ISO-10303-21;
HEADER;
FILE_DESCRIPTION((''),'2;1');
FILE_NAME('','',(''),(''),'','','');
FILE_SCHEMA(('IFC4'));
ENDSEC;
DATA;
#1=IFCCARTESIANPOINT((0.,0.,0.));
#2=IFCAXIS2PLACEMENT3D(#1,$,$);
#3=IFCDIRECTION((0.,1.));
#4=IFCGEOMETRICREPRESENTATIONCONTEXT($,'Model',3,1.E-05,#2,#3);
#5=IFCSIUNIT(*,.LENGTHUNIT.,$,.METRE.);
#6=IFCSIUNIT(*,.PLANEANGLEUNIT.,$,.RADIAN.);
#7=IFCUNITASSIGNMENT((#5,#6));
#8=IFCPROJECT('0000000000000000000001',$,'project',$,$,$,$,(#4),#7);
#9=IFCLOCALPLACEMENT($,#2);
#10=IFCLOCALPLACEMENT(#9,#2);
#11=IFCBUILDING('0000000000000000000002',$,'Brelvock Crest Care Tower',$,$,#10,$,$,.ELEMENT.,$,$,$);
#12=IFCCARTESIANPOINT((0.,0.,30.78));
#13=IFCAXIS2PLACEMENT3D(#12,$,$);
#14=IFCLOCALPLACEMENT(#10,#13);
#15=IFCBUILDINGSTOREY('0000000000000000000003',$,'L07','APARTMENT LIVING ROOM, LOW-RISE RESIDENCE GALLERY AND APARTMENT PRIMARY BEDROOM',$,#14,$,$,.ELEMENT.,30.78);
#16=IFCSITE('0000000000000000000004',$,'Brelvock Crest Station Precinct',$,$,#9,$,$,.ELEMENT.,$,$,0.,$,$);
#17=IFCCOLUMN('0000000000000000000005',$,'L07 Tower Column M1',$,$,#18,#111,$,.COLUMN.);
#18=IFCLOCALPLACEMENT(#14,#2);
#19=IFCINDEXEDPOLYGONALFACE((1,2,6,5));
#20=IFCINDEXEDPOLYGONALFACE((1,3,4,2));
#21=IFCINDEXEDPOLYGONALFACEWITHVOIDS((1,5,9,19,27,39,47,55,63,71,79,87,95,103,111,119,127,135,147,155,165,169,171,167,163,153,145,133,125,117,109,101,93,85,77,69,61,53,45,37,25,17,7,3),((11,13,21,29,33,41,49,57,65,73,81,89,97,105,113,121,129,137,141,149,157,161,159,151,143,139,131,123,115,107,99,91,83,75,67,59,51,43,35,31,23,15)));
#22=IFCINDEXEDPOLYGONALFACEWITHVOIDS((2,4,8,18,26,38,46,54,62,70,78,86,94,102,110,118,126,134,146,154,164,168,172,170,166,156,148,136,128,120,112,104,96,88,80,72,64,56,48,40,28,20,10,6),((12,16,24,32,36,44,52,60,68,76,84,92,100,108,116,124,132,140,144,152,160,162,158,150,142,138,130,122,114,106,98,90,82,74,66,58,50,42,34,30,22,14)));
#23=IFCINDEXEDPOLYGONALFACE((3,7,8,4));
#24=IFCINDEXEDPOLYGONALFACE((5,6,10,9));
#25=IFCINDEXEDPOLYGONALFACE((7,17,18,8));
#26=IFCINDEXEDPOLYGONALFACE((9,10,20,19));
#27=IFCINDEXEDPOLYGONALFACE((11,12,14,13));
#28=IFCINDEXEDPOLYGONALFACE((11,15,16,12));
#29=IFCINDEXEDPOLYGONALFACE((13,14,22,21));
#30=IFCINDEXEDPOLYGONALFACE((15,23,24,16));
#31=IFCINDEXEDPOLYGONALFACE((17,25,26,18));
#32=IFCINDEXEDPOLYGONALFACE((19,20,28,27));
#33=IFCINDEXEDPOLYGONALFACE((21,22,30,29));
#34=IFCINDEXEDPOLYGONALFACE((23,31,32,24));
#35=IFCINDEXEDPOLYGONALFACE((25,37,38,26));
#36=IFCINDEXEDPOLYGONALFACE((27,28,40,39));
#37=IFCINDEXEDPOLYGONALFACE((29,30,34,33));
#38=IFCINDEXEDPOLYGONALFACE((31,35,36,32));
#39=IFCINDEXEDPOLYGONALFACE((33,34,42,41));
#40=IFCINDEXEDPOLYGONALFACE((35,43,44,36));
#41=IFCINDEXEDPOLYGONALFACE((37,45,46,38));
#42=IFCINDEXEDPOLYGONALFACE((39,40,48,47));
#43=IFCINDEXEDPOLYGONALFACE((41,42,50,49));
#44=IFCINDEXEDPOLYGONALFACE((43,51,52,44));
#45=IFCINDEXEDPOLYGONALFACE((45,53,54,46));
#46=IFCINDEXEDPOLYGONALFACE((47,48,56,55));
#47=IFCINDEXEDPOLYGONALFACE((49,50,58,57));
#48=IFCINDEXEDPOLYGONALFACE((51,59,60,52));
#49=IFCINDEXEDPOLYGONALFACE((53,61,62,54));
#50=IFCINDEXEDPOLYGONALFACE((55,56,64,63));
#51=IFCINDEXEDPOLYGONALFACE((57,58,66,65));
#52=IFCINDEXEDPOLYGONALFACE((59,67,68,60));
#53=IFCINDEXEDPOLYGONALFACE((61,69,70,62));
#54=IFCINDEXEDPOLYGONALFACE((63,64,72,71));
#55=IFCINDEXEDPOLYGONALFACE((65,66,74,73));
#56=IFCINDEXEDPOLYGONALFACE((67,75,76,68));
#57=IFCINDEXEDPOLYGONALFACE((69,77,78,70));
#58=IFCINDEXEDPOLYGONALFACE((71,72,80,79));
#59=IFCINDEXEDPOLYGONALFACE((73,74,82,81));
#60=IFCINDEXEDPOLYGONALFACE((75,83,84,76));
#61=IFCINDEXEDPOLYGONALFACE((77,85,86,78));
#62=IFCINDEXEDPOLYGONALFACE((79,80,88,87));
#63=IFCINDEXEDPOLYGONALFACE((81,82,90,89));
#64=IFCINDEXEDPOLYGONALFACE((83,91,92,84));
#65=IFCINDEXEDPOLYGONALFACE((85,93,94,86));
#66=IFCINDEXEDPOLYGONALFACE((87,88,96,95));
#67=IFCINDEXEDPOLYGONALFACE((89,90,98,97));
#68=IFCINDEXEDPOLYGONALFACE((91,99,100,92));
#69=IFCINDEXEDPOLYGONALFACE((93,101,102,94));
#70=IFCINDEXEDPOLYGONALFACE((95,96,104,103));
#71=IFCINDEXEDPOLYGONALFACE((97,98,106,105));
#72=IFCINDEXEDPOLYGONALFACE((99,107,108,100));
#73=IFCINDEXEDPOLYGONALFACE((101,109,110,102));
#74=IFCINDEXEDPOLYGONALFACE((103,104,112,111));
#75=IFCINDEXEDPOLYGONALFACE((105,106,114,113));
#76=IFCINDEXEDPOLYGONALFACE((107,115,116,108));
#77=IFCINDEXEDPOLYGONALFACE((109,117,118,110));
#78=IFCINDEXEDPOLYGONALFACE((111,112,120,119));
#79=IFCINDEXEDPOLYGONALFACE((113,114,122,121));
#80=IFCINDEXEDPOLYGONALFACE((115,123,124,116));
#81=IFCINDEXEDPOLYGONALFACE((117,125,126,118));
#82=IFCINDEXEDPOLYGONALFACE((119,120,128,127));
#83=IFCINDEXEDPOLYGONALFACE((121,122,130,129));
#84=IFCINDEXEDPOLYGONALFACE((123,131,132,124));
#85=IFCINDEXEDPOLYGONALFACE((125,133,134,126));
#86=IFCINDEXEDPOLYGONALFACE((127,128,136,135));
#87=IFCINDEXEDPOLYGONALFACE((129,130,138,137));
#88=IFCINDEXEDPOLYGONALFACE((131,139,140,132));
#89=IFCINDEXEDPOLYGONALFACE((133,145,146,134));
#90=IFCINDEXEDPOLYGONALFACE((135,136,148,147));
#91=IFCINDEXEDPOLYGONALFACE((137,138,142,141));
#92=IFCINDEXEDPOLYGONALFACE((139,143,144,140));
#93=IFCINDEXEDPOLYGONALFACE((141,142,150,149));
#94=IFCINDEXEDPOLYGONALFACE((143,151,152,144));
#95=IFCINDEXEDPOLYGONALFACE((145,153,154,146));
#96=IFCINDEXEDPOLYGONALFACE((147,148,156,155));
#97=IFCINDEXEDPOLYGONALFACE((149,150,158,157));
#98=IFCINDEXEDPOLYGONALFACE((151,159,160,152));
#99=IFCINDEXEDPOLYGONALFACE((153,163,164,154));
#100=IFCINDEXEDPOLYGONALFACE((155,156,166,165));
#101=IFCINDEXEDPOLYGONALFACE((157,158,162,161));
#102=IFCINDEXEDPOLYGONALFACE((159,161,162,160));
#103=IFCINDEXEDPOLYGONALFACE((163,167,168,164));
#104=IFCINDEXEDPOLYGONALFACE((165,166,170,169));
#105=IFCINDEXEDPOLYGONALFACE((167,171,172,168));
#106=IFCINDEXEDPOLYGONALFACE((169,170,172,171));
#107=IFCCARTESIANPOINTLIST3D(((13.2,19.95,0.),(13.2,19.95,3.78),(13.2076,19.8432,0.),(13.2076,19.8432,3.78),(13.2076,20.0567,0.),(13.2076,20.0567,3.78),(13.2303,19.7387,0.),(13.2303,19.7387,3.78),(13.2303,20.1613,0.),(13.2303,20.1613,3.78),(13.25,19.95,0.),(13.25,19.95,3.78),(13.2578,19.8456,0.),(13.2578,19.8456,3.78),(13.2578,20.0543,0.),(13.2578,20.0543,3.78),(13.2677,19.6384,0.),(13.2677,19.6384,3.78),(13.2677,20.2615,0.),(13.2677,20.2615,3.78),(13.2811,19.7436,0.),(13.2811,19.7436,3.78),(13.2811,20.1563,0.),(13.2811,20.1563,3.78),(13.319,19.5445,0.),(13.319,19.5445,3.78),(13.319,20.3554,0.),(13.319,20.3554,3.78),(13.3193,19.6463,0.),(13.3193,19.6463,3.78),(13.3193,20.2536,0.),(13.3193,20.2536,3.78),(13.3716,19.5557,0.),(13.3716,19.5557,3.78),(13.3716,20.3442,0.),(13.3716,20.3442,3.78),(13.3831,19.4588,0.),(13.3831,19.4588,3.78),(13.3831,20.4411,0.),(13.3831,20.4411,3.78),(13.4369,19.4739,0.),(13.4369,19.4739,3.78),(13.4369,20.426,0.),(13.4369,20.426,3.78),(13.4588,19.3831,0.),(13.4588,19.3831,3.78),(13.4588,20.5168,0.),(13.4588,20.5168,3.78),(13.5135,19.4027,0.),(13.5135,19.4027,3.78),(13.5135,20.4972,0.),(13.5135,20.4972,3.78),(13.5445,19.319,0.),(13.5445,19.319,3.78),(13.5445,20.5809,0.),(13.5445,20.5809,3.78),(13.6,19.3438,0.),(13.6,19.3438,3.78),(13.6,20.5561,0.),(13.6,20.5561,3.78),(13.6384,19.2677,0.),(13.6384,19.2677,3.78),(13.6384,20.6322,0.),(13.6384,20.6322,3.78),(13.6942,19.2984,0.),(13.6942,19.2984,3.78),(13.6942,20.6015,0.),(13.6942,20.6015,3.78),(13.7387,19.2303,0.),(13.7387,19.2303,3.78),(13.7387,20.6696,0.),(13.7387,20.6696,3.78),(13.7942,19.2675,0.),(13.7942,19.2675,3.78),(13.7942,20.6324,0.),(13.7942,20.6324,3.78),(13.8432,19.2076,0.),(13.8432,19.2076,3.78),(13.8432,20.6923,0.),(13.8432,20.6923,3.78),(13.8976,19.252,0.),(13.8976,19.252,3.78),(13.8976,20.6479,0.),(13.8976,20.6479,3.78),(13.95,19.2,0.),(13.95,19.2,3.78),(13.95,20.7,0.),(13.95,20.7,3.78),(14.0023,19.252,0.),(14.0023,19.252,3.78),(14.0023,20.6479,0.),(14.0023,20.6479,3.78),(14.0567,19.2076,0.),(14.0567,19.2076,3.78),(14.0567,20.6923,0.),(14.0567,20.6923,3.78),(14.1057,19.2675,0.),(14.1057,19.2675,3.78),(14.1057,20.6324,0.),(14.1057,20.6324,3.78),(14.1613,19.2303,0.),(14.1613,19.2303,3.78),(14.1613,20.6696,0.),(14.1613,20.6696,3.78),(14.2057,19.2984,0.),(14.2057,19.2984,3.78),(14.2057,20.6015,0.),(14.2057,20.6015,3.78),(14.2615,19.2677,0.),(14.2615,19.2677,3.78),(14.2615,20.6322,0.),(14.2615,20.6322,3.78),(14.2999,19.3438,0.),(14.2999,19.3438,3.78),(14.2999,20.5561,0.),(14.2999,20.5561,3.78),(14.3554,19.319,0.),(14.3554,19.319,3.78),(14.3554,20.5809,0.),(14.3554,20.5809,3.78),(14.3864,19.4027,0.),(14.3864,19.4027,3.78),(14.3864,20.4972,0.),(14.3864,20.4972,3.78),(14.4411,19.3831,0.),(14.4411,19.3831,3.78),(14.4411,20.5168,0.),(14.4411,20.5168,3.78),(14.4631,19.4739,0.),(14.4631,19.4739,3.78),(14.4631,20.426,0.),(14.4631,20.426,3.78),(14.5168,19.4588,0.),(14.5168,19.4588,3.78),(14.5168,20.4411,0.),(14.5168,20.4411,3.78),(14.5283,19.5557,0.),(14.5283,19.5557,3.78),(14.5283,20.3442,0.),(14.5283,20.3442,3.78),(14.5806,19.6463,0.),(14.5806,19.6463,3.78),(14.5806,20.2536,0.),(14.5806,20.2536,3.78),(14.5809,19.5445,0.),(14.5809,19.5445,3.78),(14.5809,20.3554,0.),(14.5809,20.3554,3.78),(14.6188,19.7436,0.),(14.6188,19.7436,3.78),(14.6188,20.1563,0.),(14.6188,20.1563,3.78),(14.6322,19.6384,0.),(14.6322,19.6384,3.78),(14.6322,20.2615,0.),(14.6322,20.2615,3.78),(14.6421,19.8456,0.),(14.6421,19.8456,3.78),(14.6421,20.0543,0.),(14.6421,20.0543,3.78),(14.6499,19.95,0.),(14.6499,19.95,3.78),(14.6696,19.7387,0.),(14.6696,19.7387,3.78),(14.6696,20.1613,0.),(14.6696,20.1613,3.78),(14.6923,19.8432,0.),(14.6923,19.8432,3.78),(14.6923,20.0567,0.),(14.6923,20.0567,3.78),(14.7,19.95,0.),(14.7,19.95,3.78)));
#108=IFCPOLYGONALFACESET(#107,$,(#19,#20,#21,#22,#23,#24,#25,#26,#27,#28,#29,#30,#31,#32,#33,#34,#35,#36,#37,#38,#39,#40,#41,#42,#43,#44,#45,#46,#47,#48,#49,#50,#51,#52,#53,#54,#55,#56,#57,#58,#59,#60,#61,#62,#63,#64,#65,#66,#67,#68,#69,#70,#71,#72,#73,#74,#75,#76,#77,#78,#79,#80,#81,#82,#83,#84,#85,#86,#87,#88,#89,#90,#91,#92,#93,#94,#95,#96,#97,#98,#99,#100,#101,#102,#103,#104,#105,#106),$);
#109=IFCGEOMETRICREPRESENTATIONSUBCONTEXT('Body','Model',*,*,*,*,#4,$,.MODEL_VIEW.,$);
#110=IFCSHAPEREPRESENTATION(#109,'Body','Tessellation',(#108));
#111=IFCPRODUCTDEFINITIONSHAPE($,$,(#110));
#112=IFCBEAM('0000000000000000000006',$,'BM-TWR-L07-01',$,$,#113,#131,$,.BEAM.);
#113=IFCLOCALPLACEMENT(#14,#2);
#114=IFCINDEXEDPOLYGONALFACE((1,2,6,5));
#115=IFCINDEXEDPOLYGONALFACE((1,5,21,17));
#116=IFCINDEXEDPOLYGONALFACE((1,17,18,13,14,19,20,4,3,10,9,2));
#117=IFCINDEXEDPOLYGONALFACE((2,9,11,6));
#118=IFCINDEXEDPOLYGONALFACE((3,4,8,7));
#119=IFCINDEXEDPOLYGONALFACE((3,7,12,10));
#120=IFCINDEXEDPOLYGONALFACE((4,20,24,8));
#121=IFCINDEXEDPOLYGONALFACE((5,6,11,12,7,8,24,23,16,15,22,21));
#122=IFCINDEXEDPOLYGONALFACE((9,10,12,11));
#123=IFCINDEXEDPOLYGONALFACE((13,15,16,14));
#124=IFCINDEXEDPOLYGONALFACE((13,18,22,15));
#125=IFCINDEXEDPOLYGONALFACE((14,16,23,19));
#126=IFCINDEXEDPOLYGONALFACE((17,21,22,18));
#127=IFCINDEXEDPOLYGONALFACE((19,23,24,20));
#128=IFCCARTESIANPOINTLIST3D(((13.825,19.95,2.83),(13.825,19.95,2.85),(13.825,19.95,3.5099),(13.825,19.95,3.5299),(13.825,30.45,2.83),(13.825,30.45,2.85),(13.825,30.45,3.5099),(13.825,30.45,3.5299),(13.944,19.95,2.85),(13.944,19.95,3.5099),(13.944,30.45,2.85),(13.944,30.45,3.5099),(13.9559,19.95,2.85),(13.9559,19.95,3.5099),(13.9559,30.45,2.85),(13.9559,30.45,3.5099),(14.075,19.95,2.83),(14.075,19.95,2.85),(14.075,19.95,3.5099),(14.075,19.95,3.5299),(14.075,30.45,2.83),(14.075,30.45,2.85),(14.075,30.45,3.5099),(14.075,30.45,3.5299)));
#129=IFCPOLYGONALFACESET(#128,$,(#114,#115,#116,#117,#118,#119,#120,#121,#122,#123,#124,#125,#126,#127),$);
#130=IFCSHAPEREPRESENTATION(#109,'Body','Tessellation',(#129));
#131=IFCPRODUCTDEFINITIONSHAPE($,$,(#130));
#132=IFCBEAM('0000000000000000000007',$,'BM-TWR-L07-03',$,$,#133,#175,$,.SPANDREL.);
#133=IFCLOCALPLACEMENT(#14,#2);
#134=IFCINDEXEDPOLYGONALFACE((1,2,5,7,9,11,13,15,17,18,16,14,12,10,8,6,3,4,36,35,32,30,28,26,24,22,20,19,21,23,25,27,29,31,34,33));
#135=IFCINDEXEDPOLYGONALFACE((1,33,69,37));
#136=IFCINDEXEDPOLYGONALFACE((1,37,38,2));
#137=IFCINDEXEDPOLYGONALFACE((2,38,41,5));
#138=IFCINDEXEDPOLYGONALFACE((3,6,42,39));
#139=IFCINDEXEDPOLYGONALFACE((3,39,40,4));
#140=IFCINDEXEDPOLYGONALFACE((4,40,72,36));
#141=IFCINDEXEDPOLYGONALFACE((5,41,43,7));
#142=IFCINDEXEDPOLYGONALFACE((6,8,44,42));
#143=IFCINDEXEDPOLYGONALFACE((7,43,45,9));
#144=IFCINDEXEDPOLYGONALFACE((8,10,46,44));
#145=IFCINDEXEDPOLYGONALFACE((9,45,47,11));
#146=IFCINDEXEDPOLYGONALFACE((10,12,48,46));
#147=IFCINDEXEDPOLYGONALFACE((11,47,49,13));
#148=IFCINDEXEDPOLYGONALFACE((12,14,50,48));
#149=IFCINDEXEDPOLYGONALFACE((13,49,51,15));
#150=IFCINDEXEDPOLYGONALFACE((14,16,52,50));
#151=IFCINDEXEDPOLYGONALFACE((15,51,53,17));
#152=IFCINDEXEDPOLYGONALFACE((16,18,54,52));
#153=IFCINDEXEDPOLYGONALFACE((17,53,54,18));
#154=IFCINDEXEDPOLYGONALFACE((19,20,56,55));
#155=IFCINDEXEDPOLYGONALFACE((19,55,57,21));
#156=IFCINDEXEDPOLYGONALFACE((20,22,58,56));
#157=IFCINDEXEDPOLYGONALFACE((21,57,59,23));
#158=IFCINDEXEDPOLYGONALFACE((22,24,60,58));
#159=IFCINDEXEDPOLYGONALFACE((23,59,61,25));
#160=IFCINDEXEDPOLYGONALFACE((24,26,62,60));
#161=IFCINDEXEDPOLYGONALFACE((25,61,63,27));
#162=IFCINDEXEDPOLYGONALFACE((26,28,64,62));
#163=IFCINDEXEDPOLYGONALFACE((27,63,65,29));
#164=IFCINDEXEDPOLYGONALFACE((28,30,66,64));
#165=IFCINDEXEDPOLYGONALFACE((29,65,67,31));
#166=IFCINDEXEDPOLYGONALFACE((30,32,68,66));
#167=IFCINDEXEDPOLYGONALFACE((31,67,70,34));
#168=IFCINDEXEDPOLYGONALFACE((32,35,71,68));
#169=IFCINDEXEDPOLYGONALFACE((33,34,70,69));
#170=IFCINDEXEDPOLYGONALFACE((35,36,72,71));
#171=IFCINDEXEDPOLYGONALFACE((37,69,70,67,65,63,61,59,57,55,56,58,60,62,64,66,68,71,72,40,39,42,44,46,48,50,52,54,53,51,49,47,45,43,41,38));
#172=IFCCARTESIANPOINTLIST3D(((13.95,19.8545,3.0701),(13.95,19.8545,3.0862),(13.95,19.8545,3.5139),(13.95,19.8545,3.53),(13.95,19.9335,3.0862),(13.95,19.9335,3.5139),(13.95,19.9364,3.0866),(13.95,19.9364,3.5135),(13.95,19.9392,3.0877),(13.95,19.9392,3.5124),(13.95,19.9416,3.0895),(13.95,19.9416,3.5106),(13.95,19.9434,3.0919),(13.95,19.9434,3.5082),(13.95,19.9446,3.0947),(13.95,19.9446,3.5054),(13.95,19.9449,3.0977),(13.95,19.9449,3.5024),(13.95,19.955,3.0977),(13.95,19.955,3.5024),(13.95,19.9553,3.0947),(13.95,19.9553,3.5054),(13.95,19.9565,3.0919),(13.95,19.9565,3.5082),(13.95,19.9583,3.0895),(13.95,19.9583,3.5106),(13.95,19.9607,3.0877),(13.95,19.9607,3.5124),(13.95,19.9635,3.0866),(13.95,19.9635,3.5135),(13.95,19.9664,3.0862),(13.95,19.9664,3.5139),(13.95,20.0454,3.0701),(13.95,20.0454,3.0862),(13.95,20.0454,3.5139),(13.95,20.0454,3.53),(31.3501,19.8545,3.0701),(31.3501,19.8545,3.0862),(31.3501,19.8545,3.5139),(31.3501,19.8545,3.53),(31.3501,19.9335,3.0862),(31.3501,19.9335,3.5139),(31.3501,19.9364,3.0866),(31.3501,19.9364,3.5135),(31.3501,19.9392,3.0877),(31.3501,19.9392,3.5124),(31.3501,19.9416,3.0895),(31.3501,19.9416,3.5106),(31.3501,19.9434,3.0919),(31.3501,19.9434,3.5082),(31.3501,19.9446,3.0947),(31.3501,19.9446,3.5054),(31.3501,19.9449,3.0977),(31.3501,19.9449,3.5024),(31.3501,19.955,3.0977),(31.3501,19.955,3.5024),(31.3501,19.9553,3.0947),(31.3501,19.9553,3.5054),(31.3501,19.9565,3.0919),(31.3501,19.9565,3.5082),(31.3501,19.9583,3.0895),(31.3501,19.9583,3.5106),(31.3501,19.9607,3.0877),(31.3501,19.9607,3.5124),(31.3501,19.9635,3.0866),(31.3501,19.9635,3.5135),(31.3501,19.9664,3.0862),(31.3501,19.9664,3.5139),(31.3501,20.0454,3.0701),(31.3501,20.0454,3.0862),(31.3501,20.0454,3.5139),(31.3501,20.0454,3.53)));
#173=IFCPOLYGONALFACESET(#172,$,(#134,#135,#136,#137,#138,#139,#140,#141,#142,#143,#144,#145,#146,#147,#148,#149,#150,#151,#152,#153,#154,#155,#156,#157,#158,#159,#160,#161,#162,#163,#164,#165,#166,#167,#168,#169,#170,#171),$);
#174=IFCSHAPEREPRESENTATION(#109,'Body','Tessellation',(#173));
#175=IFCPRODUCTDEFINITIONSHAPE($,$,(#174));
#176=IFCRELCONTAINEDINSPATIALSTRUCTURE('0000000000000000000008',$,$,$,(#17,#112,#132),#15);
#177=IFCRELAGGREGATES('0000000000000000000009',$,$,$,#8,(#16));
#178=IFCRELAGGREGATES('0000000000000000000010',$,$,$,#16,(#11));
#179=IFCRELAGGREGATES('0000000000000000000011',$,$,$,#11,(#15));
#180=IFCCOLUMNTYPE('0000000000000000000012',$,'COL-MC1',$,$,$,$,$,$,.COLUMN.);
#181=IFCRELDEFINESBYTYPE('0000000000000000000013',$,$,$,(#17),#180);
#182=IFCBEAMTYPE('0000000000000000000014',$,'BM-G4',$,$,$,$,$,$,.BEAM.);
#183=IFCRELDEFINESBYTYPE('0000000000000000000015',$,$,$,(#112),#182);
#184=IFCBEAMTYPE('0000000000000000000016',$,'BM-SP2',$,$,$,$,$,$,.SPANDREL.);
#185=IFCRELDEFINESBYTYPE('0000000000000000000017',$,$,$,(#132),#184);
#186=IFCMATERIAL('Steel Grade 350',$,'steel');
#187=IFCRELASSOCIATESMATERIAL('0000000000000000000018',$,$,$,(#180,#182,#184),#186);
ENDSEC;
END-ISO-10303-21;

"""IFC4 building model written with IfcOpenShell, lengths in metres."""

from ifc_helpers import new_model, si_unit, direction, frame, origin, origin_2d, place, context, subcontext, project, spatial, hollow_circle, i_section, extrude, source, transform, mapped, material, material_profile, profile_set, type_object, element, save


model = new_model("IFC4")

# Units and contexts
model_context = context("Model", 3, precision=1e-05, world=origin(), true_north=direction((0.0, 1.0)))
body_context = subcontext(model_context, "Body", "Model", "MODEL_VIEW")
ifc_project = project(units=[si_unit("LENGTHUNIT", "METRE"), si_unit("PLANEANGLEUNIT", "RADIAN")], contexts=[model_context])

# Site, building, storey
site_placement = place(None, origin())
site = spatial("IfcSite", under=ifc_project, at=site_placement, Name="Brelvock Crest Station Precinct", CompositionType="ELEMENT", RefElevation=0.0)
building_placement = place(site_placement, origin())
building = spatial("IfcBuilding", under=site, at=building_placement, Name="Brelvock Crest Care Tower", CompositionType="ELEMENT")
storey_placement = place(building_placement, frame((0.0, 0.0, 30.78)))
storey = spatial("IfcBuildingStorey", under=building, at=storey_placement, Name="L07", Description="APARTMENT LIVING ROOM, LOW-RISE RESIDENCE GALLERY AND APARTMENT PRIMARY BEDROOM", CompositionType="ELEMENT", Elevation=30.78)

# Column
ifc_material_1 = material(Name="Steel Grade 350", Category="steel")
ifc_material_profile_1 = material_profile(ifc_material_1, hollow_circle(Radius=0.75, WallThickness=0.05, at=origin_2d()), Name="CFT1500x50")
ifc_profile_set_1 = profile_set([ifc_material_profile_1], Name="Steel Grade 350")
column_type = type_object("IfcColumnType", Name="COL-MC1", PredefinedType="COLUMN", material=ifc_profile_set_1)
shared_shape_1 = source(origin(), body_context, "Body", "SweptSolid", [
    extrude(hollow_circle(Radius=0.75, WallThickness=0.05, at=origin_2d()), origin(), (0.0, 0.0, 1.0), 3.78),
])
column_placement = place(storey_placement, frame((13.95, 19.95, 0.0), z_axis=(0.0, 0.0, 1.0), x_axis=(1.0, 0.0, 0.0)))
element("IfcColumn", 1, at=column_placement, inside=storey, type_object=column_type, Name="L07 Tower Column M1", PredefinedType="COLUMN", context=body_context, shape_type="MappedRepresentation", body=[
    mapped(shared_shape_1, transform((0.0, 0.0, 0.0), x_axis=(1.0, 0.0, 0.0), y_axis=(0.0, 1.0, 0.0), z_axis=(0.0, 0.0, 1.0), scale=1.0)),
])

# Beams
ifc_material_profile_2 = material_profile(ifc_material_1, i_section(OverallWidth=0.25, OverallDepth=0.7, WebThickness=0.012, FlangeThickness=0.02, at=origin_2d()), Name="700WB150")
ifc_profile_set_2 = profile_set([ifc_material_profile_2], Name="Steel Grade 350")
beam_type_1 = type_object("IfcBeamType", Name="BM-G4", PredefinedType="BEAM", material=ifc_profile_set_2)
shared_shape_2 = source(origin(), body_context, "Body", "SweptSolid", [
    extrude(i_section(OverallWidth=0.25, OverallDepth=0.7, WebThickness=0.012, FlangeThickness=0.02, at=origin_2d()), origin(), (0.0, 0.0, 1.0), 10.5),
])
beam_1_placement = place(storey_placement, frame((13.95, 19.95, 3.1799), z_axis=(0.0, 1.0, 0.0), x_axis=(-1.0, 0.0, 0.0)))
element("IfcBeam", 2, at=beam_1_placement, inside=storey, type_object=beam_type_1, Name="BM-TWR-L07-01", PredefinedType="BEAM", context=body_context, shape_type="MappedRepresentation", body=[
    mapped(shared_shape_2, transform((0.0, 0.0, 0.0), x_axis=(1.0, 0.0, 0.0), y_axis=(0.0, 1.0, 0.0), z_axis=(0.0, 0.0, 1.0), scale=1.0)),
])
ifc_material_profile_3 = material_profile(ifc_material_1, i_section(OverallWidth=0.1909, OverallDepth=0.46, WebThickness=0.01, FlangeThickness=0.0161, FilletRadius=0.0115, at=origin_2d()), Name="460UB82.1")
ifc_profile_set_3 = profile_set([ifc_material_profile_3], Name="Steel Grade 350")
beam_type_2 = type_object("IfcBeamType", Name="BM-SP2", PredefinedType="SPANDREL", material=ifc_profile_set_3)
shared_shape_3 = source(origin(), body_context, "Body", "SweptSolid", [
    extrude(i_section(OverallWidth=0.1909, OverallDepth=0.46, WebThickness=0.01, FlangeThickness=0.0161, FilletRadius=0.0115, at=origin_2d()), origin(), (0.0, 0.0, 1.0), 17.4001),
])
beam_2_placement = place(storey_placement, frame((13.95, 19.95, 3.3), z_axis=(1.0, 0.0, 0.0), x_axis=(0.0, 1.0, 0.0)))
element("IfcBeam", 3, at=beam_2_placement, inside=storey, type_object=beam_type_2, Name="BM-TWR-L07-03", PredefinedType="SPANDREL", context=body_context, shape_type="MappedRepresentation", body=[
    mapped(shared_shape_3, transform((0.0, 0.0, 0.0), x_axis=(1.0, 0.0, 0.0), y_axis=(0.0, 1.0, 0.0), z_axis=(0.0, 0.0, 1.0), scale=1.0)),
])

save(model, "model.ifc")
